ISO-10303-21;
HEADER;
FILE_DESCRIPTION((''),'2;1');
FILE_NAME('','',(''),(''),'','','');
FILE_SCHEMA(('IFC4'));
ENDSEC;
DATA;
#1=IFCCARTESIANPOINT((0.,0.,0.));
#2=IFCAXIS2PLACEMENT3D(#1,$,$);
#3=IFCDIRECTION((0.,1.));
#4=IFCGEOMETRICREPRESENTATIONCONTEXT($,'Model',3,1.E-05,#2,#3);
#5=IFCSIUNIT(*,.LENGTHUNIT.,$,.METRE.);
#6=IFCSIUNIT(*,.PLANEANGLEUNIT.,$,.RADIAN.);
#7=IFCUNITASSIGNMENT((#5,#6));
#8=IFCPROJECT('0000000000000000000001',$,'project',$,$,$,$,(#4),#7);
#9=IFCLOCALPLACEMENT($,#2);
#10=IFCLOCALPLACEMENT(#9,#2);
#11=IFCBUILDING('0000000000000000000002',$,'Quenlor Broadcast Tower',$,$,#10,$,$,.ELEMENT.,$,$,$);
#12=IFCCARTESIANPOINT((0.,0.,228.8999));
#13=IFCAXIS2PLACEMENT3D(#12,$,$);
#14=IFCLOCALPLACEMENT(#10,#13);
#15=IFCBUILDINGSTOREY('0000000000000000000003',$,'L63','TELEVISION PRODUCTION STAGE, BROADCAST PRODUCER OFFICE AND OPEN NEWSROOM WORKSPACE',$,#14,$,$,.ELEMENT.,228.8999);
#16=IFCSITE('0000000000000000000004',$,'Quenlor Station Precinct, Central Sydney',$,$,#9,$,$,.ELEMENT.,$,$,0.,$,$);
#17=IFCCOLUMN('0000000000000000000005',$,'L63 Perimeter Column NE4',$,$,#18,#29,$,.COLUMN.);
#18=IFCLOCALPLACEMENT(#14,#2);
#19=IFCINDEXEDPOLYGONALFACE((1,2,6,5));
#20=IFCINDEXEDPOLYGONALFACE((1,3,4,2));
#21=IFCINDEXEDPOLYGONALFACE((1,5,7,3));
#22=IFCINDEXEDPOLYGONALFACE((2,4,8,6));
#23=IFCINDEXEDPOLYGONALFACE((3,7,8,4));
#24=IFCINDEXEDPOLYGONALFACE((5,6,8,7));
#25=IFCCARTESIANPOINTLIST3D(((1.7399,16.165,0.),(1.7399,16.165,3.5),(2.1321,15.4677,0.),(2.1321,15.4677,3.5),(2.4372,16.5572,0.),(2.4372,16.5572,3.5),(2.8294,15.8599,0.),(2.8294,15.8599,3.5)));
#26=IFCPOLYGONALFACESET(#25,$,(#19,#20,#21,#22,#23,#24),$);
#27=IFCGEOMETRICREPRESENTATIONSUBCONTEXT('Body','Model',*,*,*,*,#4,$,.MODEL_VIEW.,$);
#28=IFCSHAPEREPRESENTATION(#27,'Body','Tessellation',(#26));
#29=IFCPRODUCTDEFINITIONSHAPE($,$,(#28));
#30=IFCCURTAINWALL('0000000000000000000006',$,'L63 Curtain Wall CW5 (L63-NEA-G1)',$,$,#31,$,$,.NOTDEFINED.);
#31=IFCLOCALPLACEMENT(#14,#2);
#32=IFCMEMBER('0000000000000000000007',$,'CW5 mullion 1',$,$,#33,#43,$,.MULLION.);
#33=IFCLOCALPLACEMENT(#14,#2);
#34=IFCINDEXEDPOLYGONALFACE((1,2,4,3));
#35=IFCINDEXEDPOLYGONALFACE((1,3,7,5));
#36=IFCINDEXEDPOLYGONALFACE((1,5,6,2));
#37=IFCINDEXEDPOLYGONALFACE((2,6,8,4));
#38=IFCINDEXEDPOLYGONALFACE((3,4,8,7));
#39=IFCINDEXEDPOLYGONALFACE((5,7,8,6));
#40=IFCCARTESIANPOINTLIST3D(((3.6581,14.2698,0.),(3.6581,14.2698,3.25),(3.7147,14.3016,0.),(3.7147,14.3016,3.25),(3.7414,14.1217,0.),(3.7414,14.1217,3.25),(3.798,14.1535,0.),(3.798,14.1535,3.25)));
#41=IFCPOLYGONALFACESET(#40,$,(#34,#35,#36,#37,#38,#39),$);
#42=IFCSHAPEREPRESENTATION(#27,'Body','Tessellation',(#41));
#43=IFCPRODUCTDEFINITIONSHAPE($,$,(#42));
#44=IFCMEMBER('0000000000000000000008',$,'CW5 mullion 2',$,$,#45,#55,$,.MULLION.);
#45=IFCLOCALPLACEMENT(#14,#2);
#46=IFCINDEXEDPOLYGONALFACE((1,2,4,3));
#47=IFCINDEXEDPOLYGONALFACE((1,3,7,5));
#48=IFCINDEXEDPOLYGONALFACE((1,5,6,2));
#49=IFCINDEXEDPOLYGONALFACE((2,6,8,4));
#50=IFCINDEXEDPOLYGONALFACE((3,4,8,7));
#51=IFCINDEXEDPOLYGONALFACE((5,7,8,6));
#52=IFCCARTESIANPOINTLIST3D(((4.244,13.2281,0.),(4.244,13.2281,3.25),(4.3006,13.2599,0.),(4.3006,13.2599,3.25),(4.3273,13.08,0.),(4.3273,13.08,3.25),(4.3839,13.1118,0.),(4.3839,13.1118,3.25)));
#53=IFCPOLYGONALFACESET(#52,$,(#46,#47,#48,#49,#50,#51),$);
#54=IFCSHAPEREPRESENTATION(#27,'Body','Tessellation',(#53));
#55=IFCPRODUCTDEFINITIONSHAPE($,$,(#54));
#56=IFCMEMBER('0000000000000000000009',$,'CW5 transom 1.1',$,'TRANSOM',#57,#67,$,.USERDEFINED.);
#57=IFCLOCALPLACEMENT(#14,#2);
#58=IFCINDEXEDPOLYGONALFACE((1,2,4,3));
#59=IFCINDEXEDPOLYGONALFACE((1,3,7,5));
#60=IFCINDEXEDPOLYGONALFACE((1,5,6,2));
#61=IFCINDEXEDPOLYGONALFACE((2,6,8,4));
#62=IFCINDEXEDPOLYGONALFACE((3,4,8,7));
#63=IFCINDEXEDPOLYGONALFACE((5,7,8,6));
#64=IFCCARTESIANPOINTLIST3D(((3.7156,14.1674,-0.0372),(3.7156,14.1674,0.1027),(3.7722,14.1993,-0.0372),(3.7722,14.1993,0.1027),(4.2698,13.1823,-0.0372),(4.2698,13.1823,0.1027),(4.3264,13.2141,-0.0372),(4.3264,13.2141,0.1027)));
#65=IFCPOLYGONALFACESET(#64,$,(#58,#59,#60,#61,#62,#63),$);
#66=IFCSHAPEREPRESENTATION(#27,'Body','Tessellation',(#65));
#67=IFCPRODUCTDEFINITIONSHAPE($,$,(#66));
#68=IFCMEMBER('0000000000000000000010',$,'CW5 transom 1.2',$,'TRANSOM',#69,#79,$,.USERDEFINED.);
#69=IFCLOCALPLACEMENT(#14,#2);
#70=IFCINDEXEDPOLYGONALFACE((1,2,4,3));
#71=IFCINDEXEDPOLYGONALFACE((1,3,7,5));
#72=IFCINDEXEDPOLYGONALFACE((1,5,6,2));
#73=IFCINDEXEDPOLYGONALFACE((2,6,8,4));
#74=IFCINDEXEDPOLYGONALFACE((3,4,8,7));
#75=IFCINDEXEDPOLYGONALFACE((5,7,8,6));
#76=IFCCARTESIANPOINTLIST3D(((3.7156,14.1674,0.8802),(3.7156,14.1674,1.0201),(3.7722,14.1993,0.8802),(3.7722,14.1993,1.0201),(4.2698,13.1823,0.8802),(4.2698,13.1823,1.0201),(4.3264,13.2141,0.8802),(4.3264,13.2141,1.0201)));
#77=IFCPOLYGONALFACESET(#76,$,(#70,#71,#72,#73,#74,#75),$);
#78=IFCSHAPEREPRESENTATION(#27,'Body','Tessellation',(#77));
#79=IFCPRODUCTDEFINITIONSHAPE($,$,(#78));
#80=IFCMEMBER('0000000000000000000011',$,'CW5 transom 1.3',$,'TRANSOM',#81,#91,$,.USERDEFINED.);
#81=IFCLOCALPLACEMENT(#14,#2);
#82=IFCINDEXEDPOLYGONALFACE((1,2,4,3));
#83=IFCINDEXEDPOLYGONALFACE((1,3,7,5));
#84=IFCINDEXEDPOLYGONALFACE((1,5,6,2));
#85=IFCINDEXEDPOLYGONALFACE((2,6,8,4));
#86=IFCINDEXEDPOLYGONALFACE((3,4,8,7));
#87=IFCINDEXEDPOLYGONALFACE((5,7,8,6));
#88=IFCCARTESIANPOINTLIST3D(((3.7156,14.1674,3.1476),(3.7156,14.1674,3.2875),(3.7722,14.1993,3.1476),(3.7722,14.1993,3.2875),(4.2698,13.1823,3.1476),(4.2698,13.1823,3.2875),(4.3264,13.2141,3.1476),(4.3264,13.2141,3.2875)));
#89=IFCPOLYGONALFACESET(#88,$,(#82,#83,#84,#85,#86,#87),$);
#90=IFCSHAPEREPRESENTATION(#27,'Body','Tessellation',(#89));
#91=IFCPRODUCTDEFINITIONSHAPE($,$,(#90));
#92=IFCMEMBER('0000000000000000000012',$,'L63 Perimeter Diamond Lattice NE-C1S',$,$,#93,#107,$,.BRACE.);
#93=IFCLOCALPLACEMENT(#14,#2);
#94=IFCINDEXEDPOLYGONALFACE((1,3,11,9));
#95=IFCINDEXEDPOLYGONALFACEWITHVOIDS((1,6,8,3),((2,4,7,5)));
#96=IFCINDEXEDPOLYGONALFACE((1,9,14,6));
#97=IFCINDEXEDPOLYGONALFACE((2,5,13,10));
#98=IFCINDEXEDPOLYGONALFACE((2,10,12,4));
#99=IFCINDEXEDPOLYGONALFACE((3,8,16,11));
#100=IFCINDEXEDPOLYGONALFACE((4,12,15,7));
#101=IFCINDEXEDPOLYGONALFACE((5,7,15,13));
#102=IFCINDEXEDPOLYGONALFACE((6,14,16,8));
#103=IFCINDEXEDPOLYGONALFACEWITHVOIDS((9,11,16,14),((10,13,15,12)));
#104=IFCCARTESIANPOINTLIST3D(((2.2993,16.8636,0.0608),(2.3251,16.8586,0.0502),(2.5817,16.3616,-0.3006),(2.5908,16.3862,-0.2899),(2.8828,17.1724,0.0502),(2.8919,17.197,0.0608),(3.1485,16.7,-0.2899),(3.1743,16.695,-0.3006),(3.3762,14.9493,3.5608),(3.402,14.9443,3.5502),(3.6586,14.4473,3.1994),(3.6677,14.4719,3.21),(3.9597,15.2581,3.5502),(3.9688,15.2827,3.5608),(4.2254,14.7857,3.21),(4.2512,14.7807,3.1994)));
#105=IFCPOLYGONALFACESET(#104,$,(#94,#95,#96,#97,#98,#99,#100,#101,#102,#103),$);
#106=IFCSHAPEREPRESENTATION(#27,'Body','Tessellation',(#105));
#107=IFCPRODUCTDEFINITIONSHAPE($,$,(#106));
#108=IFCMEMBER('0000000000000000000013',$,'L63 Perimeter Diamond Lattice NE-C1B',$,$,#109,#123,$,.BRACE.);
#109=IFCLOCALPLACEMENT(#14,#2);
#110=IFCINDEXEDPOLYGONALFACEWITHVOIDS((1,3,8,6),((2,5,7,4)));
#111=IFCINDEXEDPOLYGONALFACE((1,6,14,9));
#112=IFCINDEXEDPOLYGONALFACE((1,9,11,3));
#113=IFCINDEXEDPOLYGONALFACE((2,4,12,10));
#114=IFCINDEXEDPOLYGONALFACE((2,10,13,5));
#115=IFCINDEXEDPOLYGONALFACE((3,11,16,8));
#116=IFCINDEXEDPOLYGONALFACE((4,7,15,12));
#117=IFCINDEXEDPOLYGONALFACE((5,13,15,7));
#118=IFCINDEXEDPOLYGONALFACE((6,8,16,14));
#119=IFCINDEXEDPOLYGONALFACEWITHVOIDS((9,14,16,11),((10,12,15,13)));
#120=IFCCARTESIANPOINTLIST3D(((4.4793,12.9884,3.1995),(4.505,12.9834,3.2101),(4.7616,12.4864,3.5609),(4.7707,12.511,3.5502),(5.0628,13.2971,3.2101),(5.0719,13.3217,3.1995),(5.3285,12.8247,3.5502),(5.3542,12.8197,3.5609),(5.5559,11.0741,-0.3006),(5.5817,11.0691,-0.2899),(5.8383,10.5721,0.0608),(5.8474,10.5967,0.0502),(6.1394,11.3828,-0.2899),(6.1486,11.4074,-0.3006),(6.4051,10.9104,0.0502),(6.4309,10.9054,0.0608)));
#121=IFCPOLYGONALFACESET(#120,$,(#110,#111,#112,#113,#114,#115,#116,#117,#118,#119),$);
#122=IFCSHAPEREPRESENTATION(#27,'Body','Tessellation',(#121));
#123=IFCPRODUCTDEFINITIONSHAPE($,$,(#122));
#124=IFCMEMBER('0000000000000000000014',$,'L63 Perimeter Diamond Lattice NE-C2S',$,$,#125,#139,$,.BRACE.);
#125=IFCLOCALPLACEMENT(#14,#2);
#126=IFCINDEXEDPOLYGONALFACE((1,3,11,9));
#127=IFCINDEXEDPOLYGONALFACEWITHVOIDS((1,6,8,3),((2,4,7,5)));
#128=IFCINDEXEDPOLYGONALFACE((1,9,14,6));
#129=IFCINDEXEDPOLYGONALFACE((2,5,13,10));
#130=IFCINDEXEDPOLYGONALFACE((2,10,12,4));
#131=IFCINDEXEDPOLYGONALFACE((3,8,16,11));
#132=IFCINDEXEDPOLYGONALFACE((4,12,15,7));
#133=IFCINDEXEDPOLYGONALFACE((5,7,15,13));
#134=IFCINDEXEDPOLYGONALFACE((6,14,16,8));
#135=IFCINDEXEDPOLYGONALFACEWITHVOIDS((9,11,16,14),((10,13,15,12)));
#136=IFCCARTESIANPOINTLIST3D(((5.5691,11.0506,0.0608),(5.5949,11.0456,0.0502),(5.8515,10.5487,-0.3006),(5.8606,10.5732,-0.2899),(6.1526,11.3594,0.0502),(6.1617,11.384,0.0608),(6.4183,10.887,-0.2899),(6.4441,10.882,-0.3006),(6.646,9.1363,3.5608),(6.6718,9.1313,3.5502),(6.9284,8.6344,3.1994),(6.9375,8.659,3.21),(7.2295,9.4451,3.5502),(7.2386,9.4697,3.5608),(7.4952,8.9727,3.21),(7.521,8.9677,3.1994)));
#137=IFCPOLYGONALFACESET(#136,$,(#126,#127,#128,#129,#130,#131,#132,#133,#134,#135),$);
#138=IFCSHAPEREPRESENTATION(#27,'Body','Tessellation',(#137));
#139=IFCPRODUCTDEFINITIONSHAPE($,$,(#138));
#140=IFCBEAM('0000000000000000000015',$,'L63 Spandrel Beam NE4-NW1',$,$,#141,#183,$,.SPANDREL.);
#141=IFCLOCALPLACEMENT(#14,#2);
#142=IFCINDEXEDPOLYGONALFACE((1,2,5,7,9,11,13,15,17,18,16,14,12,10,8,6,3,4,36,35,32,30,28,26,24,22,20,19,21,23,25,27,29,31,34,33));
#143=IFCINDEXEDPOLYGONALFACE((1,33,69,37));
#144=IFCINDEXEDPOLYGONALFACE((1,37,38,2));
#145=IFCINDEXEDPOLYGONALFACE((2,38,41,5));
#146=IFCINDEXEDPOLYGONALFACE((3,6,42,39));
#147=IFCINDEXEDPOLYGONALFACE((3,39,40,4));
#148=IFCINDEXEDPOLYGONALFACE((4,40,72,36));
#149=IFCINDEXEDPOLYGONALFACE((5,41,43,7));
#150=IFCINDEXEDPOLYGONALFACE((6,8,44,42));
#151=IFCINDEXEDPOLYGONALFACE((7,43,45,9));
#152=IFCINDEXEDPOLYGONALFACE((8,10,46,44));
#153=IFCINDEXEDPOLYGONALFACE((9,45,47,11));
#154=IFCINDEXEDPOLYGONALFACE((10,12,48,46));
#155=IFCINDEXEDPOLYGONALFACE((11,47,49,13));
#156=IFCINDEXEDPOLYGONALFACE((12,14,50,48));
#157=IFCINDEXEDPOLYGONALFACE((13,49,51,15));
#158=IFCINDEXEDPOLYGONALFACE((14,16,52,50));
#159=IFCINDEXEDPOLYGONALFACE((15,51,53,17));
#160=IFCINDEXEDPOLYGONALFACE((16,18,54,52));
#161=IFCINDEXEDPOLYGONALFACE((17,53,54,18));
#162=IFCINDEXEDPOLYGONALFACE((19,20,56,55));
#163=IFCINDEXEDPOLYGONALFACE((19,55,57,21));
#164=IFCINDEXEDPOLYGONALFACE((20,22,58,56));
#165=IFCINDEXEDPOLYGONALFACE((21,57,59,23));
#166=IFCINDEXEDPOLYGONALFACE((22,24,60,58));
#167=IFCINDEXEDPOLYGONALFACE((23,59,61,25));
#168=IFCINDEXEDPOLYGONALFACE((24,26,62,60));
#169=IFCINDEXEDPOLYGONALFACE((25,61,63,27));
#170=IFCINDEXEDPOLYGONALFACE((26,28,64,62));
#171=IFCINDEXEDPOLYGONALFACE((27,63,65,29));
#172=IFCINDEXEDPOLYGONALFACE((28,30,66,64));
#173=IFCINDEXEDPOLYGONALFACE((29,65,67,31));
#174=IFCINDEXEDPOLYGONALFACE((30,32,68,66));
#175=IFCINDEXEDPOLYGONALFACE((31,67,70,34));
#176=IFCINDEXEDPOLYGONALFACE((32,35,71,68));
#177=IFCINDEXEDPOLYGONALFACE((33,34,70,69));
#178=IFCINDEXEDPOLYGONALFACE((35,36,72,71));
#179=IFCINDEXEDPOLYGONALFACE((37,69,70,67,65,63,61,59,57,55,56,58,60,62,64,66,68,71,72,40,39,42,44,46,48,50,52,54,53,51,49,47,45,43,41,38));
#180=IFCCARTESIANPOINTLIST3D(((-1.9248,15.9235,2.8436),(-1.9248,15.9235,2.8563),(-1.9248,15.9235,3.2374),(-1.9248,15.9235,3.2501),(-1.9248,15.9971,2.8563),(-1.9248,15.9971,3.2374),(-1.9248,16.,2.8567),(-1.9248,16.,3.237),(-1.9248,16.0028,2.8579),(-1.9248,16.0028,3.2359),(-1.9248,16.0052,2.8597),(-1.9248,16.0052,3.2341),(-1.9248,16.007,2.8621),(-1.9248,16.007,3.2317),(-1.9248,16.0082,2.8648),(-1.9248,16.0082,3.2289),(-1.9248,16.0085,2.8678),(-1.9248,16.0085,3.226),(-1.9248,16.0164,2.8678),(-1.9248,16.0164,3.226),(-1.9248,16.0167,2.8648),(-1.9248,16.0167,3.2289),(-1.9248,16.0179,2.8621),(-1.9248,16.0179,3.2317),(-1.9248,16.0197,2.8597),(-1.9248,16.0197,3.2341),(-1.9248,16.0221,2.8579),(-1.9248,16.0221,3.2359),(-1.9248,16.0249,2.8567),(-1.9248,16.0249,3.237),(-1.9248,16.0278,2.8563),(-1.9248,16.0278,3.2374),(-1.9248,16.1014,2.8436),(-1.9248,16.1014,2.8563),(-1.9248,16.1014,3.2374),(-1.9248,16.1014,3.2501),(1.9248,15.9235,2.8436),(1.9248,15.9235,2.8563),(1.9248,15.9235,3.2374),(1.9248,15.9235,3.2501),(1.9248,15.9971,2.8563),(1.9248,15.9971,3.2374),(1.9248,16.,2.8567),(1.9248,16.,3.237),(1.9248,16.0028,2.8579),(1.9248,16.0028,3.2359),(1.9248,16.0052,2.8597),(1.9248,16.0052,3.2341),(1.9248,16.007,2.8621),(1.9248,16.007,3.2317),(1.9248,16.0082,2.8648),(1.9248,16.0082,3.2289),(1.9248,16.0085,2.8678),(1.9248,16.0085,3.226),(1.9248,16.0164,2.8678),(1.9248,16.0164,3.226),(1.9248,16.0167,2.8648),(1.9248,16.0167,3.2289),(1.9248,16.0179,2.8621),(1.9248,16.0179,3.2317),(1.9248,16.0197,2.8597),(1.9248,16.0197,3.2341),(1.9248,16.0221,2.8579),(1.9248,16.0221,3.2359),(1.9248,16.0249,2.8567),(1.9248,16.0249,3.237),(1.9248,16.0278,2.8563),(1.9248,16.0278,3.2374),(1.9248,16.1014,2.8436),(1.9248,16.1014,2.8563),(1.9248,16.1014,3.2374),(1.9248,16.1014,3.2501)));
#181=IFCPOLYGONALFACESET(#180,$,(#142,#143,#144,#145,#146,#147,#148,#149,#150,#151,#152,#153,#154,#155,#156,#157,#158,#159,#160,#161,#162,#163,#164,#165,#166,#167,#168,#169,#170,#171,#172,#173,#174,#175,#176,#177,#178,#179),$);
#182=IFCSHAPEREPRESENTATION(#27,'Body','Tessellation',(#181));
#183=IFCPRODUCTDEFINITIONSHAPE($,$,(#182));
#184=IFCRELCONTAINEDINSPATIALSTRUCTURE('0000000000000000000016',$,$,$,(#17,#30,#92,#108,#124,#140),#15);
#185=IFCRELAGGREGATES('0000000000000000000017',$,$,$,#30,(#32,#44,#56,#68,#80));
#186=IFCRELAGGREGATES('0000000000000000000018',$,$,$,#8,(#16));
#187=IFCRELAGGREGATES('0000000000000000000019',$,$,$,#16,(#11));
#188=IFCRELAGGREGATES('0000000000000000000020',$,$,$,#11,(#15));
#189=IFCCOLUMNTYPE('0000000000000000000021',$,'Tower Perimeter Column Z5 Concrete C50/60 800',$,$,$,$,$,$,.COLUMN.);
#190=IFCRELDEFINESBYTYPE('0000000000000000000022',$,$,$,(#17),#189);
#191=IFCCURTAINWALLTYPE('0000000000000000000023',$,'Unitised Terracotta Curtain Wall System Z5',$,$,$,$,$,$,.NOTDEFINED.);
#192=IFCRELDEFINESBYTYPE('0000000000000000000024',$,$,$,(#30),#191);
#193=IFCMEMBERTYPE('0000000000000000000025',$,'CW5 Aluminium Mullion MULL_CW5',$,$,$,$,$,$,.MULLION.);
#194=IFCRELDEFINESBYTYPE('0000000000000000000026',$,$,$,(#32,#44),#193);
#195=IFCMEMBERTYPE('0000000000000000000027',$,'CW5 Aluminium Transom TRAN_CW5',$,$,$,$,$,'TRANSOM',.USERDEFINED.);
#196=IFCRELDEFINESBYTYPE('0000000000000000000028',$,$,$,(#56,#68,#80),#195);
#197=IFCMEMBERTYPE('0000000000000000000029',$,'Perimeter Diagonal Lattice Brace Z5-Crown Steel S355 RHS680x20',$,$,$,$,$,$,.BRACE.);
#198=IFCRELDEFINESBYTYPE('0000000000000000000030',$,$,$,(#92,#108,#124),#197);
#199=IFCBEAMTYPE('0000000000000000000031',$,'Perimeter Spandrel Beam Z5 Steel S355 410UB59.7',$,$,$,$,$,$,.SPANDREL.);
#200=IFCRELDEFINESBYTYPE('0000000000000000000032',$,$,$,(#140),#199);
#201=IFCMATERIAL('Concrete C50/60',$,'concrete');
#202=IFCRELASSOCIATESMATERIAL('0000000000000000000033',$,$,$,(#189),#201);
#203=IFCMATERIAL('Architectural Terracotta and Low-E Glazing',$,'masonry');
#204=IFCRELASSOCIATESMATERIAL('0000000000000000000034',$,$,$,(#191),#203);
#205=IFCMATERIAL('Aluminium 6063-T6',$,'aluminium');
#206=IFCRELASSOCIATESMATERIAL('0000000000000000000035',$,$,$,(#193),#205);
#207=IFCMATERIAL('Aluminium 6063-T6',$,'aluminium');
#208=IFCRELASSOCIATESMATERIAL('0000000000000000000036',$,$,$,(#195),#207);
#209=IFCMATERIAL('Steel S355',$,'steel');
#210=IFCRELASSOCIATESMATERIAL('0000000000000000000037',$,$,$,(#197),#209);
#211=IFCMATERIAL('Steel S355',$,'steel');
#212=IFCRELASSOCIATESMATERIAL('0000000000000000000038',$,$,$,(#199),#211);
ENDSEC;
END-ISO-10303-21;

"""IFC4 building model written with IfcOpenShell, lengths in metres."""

from ifc_helpers import new_model, si_unit, direction, frame, origin, origin_2d, place, context, subcontext, project, spatial, rectangle, hollow_rectangle, i_section, extrude, material, material_profile, profile_set, type_object, element, aggregate, save


model = new_model("IFC4")

# Units and contexts
model_context = context("Model", 3, precision=1e-05, world=origin(), true_north=direction((0.0, 1.0)))
body_context = subcontext(model_context, "Body", "Model", "MODEL_VIEW")
ifc_project = project(units=[si_unit("LENGTHUNIT", "METRE"), si_unit("PLANEANGLEUNIT", "RADIAN")], contexts=[model_context])

# Site, building, storey
site_placement = place(None, origin())
site = spatial("IfcSite", under=ifc_project, at=site_placement, Name="Quenlor Station Precinct, Central Sydney", CompositionType="ELEMENT", RefElevation=0.0)
building_placement = place(site_placement, origin())
building = spatial("IfcBuilding", under=site, at=building_placement, Name="Quenlor Broadcast Tower", CompositionType="ELEMENT")
storey_placement = place(building_placement, frame((0.0, 0.0, 228.8999)))
storey = spatial("IfcBuildingStorey", under=building, at=storey_placement, Name="L63", Description="TELEVISION PRODUCTION STAGE, BROADCAST PRODUCER OFFICE AND OPEN NEWSROOM WORKSPACE", CompositionType="ELEMENT", Elevation=228.8999)

# Column
ifc_material_1 = material(Name="Concrete C50/60", Category="concrete")
ifc_material_profile_1 = material_profile(ifc_material_1, rectangle(XDim=0.8, YDim=0.8, at=origin_2d()))
ifc_profile_set_1 = profile_set([ifc_material_profile_1], Name="Concrete C50/60 RC800x800")
column_type = type_object("IfcColumnType", Name="Tower Perimeter Column Z5 Concrete C50/60 800", PredefinedType="COLUMN", material=ifc_profile_set_1)
column_placement = place(storey_placement, frame((2.2847, 16.0125, 0.0), z_axis=(0.0, 0.0, 1.0), x_axis=(0.871575, 0.490262, 0.0)))
element("IfcColumn", 1, at=column_placement, inside=storey, type_object=column_type, Name="L63 Perimeter Column NE4", PredefinedType="COLUMN", context=body_context, shape_type="SweptSolid", body=[
    extrude(rectangle(XDim=0.8, YDim=0.8, at=origin_2d()), origin(), (0.0, 0.0, 1.0), 3.5),
])

# Curtain wall, members
ifc_material_2 = material(Name="Architectural Terracotta and Low-E Glazing", Category="masonry")
curtain_wall_type = type_object("IfcCurtainWallType", Name="Unitised Terracotta Curtain Wall System Z5", PredefinedType="NOTDEFINED", material=ifc_material_2)
curtain_wall_placement = place(storey_placement, origin())
curtain_wall = element("IfcCurtainWall", 2, at=curtain_wall_placement, inside=storey, type_object=curtain_wall_type, Name="L63 Curtain Wall CW5 (L63-NEA-G1)", PredefinedType="NOTDEFINED")
ifc_material_3 = material(Name="Aluminium 6063-T6", Category="aluminium")
ifc_material_profile_2 = material_profile(ifc_material_3, rectangle(XDim=0.0649, YDim=0.1699, at=origin_2d()))
ifc_profile_set_2 = profile_set([ifc_material_profile_2], Name="Aluminium 6063-T6 MULL65x170")
member_type_1 = type_object("IfcMemberType", Name="CW5 Aluminium Mullion MULL_CW5", PredefinedType="MULLION", material=ifc_profile_set_2)
member_1_placement = place(storey_placement, frame((3.728, 14.2117, 0.0), z_axis=(0.0, 0.0, 1.0), x_axis=(0.871559, 0.490291, 0.0)))
member_1 = element("IfcMember", 3, at=member_1_placement, type_object=member_type_1, Name="CW5 mullion 1", PredefinedType="MULLION", context=body_context, shape_type="SweptSolid", body=[
    extrude(rectangle(XDim=0.0649, YDim=0.1699, at=origin_2d()), origin(), (0.0, 0.0, 1.0), 3.25),
])
member_2_placement = place(storey_placement, frame((4.314, 13.1699, 0.0), z_axis=(0.0, 0.0, 1.0), x_axis=(0.871559, 0.490291, 0.0)))
member_2 = element("IfcMember", 4, at=member_2_placement, type_object=member_type_1, Name="CW5 mullion 2", PredefinedType="MULLION", context=body_context, shape_type="SweptSolid", body=[
    extrude(rectangle(XDim=0.0649, YDim=0.1699, at=origin_2d()), origin(), (0.0, 0.0, 1.0), 3.25),
])
ifc_material_4 = material(Name="Aluminium 6063-T6", Category="aluminium")
ifc_material_profile_3 = material_profile(ifc_material_4, rectangle(XDim=0.0649, YDim=0.1399, at=origin_2d()))
ifc_profile_set_3 = profile_set([ifc_material_profile_3], Name="Aluminium 6063-T6 TRAN65x140")
member_type_2 = type_object("IfcMemberType", Name="CW5 Aluminium Transom TRAN_CW5", ElementType="TRANSOM", PredefinedType="USERDEFINED", material=ifc_profile_set_3)
member_3_placement = place(storey_placement, frame((3.7439, 14.1833, 0.0327), z_axis=(0.490313, -0.871547, 0.0), x_axis=(0.871547, 0.490313, 0.0)))
member_3 = element("IfcMember", 5, at=member_3_placement, type_object=member_type_2, Name="CW5 transom 1.1", ObjectType="TRANSOM", PredefinedType="USERDEFINED", context=body_context, shape_type="SweptSolid", body=[
    extrude(rectangle(XDim=0.0649, YDim=0.1399, at=origin_2d()), origin(), (0.0, 0.0, 1.0), 1.1304),
])
member_4_placement = place(storey_placement, frame((3.7439, 14.1833, 0.9502), z_axis=(0.490313, -0.871547, 0.0), x_axis=(0.871547, 0.490313, 0.0)))
member_4 = element("IfcMember", 6, at=member_4_placement, type_object=member_type_2, Name="CW5 transom 1.2", ObjectType="TRANSOM", PredefinedType="USERDEFINED", context=body_context, shape_type="SweptSolid", body=[
    extrude(rectangle(XDim=0.0649, YDim=0.1399, at=origin_2d()), origin(), (0.0, 0.0, 1.0), 1.1304),
])
member_5_placement = place(storey_placement, frame((3.7439, 14.1833, 3.2175), z_axis=(0.490313, -0.871547, 0.0), x_axis=(0.871547, 0.490313, 0.0)))
member_5 = element("IfcMember", 7, at=member_5_placement, type_object=member_type_2, Name="CW5 transom 1.3", ObjectType="TRANSOM", PredefinedType="USERDEFINED", context=body_context, shape_type="SweptSolid", body=[
    extrude(rectangle(XDim=0.0649, YDim=0.1399, at=origin_2d()), origin(), (0.0, 0.0, 1.0), 1.1304),
])

# Members
ifc_material_5 = material(Name="Steel S355", Category="steel")
ifc_material_profile_4 = material_profile(ifc_material_5, hollow_rectangle(XDim=0.6799, YDim=0.6799, WallThickness=0.02, at=origin_2d()))
ifc_profile_set_4 = profile_set([ifc_material_profile_4], Name="Steel S355 RHS680x680x20")
member_type_3 = type_object("IfcMemberType", Name="Perimeter Diagonal Lattice Brace Z5-Crown Steel S355 RHS680x20", PredefinedType="BRACE", material=ifc_profile_set_4)
for number, where, z_axis, x_axis, name in (
    (8, (2.7368, 16.7793, -0.1199), (0.260619, -0.463276, 0.847026), (0.871555, 0.490298, 0.0), "L63 Perimeter Diamond Lattice NE-C1S"),
    (9, (5.9934, 10.9897, -0.1199), (-0.260564, 0.463283, 0.847039), (-0.871602, -0.490214, 0.0), "L63 Perimeter Diamond Lattice NE-C1B"),
    (10, (6.0066, 10.9663, -0.1199), (0.260619, -0.463276, 0.847026), (0.871555, 0.490298, 0.0), "L63 Perimeter Diamond Lattice NE-C2S"),
):
    element("IfcMember", number, at=place(storey_placement, frame(where, z_axis=z_axis, x_axis=x_axis)), inside=storey, type_object=member_type_3, Name=name, PredefinedType="BRACE", context=body_context, shape_type="SweptSolid", body=[
        extrude(hollow_rectangle(XDim=0.6799, YDim=0.6799, WallThickness=0.02, at=origin_2d()), origin(), (0.0, 0.0, 1.0), 4.1321),
    ])

# Beam
ifc_material_6 = material(Name="Steel S355", Category="steel")
ifc_material_profile_5 = material_profile(ifc_material_6, i_section(OverallWidth=0.178, OverallDepth=0.4065, WebThickness=0.0078, FlangeThickness=0.0127, FilletRadius=0.0115, at=origin_2d()))
ifc_profile_set_5 = profile_set([ifc_material_profile_5], Name="Steel S355 410UB59.7")
beam_type_1 = type_object("IfcBeamType", Name="Perimeter Spandrel Beam Z5 Steel S355 410UB59.7", PredefinedType="SPANDREL", material=ifc_profile_set_5)
beam_1_placement = place(storey_placement, frame((1.9248, 16.0125, 3.0469), z_axis=(-1.0, 0.0, 0.0), x_axis=(0.0, -1.0, 0.0)))
element("IfcBeam", 11, at=beam_1_placement, inside=storey, type_object=beam_type_1, Name="L63 Spandrel Beam NE4-NW1", PredefinedType="SPANDREL", context=body_context, shape_type="SweptSolid", body=[
    extrude(i_section(OverallWidth=0.178, OverallDepth=0.4065, WebThickness=0.0078, FlangeThickness=0.0127, FilletRadius=0.0115, at=origin_2d()), origin(), (0.0, 0.0, 1.0), 3.8496),
])

aggregate(curtain_wall, [member_1, member_2, member_3, member_4, member_5])

save(model, "model.ifc")
